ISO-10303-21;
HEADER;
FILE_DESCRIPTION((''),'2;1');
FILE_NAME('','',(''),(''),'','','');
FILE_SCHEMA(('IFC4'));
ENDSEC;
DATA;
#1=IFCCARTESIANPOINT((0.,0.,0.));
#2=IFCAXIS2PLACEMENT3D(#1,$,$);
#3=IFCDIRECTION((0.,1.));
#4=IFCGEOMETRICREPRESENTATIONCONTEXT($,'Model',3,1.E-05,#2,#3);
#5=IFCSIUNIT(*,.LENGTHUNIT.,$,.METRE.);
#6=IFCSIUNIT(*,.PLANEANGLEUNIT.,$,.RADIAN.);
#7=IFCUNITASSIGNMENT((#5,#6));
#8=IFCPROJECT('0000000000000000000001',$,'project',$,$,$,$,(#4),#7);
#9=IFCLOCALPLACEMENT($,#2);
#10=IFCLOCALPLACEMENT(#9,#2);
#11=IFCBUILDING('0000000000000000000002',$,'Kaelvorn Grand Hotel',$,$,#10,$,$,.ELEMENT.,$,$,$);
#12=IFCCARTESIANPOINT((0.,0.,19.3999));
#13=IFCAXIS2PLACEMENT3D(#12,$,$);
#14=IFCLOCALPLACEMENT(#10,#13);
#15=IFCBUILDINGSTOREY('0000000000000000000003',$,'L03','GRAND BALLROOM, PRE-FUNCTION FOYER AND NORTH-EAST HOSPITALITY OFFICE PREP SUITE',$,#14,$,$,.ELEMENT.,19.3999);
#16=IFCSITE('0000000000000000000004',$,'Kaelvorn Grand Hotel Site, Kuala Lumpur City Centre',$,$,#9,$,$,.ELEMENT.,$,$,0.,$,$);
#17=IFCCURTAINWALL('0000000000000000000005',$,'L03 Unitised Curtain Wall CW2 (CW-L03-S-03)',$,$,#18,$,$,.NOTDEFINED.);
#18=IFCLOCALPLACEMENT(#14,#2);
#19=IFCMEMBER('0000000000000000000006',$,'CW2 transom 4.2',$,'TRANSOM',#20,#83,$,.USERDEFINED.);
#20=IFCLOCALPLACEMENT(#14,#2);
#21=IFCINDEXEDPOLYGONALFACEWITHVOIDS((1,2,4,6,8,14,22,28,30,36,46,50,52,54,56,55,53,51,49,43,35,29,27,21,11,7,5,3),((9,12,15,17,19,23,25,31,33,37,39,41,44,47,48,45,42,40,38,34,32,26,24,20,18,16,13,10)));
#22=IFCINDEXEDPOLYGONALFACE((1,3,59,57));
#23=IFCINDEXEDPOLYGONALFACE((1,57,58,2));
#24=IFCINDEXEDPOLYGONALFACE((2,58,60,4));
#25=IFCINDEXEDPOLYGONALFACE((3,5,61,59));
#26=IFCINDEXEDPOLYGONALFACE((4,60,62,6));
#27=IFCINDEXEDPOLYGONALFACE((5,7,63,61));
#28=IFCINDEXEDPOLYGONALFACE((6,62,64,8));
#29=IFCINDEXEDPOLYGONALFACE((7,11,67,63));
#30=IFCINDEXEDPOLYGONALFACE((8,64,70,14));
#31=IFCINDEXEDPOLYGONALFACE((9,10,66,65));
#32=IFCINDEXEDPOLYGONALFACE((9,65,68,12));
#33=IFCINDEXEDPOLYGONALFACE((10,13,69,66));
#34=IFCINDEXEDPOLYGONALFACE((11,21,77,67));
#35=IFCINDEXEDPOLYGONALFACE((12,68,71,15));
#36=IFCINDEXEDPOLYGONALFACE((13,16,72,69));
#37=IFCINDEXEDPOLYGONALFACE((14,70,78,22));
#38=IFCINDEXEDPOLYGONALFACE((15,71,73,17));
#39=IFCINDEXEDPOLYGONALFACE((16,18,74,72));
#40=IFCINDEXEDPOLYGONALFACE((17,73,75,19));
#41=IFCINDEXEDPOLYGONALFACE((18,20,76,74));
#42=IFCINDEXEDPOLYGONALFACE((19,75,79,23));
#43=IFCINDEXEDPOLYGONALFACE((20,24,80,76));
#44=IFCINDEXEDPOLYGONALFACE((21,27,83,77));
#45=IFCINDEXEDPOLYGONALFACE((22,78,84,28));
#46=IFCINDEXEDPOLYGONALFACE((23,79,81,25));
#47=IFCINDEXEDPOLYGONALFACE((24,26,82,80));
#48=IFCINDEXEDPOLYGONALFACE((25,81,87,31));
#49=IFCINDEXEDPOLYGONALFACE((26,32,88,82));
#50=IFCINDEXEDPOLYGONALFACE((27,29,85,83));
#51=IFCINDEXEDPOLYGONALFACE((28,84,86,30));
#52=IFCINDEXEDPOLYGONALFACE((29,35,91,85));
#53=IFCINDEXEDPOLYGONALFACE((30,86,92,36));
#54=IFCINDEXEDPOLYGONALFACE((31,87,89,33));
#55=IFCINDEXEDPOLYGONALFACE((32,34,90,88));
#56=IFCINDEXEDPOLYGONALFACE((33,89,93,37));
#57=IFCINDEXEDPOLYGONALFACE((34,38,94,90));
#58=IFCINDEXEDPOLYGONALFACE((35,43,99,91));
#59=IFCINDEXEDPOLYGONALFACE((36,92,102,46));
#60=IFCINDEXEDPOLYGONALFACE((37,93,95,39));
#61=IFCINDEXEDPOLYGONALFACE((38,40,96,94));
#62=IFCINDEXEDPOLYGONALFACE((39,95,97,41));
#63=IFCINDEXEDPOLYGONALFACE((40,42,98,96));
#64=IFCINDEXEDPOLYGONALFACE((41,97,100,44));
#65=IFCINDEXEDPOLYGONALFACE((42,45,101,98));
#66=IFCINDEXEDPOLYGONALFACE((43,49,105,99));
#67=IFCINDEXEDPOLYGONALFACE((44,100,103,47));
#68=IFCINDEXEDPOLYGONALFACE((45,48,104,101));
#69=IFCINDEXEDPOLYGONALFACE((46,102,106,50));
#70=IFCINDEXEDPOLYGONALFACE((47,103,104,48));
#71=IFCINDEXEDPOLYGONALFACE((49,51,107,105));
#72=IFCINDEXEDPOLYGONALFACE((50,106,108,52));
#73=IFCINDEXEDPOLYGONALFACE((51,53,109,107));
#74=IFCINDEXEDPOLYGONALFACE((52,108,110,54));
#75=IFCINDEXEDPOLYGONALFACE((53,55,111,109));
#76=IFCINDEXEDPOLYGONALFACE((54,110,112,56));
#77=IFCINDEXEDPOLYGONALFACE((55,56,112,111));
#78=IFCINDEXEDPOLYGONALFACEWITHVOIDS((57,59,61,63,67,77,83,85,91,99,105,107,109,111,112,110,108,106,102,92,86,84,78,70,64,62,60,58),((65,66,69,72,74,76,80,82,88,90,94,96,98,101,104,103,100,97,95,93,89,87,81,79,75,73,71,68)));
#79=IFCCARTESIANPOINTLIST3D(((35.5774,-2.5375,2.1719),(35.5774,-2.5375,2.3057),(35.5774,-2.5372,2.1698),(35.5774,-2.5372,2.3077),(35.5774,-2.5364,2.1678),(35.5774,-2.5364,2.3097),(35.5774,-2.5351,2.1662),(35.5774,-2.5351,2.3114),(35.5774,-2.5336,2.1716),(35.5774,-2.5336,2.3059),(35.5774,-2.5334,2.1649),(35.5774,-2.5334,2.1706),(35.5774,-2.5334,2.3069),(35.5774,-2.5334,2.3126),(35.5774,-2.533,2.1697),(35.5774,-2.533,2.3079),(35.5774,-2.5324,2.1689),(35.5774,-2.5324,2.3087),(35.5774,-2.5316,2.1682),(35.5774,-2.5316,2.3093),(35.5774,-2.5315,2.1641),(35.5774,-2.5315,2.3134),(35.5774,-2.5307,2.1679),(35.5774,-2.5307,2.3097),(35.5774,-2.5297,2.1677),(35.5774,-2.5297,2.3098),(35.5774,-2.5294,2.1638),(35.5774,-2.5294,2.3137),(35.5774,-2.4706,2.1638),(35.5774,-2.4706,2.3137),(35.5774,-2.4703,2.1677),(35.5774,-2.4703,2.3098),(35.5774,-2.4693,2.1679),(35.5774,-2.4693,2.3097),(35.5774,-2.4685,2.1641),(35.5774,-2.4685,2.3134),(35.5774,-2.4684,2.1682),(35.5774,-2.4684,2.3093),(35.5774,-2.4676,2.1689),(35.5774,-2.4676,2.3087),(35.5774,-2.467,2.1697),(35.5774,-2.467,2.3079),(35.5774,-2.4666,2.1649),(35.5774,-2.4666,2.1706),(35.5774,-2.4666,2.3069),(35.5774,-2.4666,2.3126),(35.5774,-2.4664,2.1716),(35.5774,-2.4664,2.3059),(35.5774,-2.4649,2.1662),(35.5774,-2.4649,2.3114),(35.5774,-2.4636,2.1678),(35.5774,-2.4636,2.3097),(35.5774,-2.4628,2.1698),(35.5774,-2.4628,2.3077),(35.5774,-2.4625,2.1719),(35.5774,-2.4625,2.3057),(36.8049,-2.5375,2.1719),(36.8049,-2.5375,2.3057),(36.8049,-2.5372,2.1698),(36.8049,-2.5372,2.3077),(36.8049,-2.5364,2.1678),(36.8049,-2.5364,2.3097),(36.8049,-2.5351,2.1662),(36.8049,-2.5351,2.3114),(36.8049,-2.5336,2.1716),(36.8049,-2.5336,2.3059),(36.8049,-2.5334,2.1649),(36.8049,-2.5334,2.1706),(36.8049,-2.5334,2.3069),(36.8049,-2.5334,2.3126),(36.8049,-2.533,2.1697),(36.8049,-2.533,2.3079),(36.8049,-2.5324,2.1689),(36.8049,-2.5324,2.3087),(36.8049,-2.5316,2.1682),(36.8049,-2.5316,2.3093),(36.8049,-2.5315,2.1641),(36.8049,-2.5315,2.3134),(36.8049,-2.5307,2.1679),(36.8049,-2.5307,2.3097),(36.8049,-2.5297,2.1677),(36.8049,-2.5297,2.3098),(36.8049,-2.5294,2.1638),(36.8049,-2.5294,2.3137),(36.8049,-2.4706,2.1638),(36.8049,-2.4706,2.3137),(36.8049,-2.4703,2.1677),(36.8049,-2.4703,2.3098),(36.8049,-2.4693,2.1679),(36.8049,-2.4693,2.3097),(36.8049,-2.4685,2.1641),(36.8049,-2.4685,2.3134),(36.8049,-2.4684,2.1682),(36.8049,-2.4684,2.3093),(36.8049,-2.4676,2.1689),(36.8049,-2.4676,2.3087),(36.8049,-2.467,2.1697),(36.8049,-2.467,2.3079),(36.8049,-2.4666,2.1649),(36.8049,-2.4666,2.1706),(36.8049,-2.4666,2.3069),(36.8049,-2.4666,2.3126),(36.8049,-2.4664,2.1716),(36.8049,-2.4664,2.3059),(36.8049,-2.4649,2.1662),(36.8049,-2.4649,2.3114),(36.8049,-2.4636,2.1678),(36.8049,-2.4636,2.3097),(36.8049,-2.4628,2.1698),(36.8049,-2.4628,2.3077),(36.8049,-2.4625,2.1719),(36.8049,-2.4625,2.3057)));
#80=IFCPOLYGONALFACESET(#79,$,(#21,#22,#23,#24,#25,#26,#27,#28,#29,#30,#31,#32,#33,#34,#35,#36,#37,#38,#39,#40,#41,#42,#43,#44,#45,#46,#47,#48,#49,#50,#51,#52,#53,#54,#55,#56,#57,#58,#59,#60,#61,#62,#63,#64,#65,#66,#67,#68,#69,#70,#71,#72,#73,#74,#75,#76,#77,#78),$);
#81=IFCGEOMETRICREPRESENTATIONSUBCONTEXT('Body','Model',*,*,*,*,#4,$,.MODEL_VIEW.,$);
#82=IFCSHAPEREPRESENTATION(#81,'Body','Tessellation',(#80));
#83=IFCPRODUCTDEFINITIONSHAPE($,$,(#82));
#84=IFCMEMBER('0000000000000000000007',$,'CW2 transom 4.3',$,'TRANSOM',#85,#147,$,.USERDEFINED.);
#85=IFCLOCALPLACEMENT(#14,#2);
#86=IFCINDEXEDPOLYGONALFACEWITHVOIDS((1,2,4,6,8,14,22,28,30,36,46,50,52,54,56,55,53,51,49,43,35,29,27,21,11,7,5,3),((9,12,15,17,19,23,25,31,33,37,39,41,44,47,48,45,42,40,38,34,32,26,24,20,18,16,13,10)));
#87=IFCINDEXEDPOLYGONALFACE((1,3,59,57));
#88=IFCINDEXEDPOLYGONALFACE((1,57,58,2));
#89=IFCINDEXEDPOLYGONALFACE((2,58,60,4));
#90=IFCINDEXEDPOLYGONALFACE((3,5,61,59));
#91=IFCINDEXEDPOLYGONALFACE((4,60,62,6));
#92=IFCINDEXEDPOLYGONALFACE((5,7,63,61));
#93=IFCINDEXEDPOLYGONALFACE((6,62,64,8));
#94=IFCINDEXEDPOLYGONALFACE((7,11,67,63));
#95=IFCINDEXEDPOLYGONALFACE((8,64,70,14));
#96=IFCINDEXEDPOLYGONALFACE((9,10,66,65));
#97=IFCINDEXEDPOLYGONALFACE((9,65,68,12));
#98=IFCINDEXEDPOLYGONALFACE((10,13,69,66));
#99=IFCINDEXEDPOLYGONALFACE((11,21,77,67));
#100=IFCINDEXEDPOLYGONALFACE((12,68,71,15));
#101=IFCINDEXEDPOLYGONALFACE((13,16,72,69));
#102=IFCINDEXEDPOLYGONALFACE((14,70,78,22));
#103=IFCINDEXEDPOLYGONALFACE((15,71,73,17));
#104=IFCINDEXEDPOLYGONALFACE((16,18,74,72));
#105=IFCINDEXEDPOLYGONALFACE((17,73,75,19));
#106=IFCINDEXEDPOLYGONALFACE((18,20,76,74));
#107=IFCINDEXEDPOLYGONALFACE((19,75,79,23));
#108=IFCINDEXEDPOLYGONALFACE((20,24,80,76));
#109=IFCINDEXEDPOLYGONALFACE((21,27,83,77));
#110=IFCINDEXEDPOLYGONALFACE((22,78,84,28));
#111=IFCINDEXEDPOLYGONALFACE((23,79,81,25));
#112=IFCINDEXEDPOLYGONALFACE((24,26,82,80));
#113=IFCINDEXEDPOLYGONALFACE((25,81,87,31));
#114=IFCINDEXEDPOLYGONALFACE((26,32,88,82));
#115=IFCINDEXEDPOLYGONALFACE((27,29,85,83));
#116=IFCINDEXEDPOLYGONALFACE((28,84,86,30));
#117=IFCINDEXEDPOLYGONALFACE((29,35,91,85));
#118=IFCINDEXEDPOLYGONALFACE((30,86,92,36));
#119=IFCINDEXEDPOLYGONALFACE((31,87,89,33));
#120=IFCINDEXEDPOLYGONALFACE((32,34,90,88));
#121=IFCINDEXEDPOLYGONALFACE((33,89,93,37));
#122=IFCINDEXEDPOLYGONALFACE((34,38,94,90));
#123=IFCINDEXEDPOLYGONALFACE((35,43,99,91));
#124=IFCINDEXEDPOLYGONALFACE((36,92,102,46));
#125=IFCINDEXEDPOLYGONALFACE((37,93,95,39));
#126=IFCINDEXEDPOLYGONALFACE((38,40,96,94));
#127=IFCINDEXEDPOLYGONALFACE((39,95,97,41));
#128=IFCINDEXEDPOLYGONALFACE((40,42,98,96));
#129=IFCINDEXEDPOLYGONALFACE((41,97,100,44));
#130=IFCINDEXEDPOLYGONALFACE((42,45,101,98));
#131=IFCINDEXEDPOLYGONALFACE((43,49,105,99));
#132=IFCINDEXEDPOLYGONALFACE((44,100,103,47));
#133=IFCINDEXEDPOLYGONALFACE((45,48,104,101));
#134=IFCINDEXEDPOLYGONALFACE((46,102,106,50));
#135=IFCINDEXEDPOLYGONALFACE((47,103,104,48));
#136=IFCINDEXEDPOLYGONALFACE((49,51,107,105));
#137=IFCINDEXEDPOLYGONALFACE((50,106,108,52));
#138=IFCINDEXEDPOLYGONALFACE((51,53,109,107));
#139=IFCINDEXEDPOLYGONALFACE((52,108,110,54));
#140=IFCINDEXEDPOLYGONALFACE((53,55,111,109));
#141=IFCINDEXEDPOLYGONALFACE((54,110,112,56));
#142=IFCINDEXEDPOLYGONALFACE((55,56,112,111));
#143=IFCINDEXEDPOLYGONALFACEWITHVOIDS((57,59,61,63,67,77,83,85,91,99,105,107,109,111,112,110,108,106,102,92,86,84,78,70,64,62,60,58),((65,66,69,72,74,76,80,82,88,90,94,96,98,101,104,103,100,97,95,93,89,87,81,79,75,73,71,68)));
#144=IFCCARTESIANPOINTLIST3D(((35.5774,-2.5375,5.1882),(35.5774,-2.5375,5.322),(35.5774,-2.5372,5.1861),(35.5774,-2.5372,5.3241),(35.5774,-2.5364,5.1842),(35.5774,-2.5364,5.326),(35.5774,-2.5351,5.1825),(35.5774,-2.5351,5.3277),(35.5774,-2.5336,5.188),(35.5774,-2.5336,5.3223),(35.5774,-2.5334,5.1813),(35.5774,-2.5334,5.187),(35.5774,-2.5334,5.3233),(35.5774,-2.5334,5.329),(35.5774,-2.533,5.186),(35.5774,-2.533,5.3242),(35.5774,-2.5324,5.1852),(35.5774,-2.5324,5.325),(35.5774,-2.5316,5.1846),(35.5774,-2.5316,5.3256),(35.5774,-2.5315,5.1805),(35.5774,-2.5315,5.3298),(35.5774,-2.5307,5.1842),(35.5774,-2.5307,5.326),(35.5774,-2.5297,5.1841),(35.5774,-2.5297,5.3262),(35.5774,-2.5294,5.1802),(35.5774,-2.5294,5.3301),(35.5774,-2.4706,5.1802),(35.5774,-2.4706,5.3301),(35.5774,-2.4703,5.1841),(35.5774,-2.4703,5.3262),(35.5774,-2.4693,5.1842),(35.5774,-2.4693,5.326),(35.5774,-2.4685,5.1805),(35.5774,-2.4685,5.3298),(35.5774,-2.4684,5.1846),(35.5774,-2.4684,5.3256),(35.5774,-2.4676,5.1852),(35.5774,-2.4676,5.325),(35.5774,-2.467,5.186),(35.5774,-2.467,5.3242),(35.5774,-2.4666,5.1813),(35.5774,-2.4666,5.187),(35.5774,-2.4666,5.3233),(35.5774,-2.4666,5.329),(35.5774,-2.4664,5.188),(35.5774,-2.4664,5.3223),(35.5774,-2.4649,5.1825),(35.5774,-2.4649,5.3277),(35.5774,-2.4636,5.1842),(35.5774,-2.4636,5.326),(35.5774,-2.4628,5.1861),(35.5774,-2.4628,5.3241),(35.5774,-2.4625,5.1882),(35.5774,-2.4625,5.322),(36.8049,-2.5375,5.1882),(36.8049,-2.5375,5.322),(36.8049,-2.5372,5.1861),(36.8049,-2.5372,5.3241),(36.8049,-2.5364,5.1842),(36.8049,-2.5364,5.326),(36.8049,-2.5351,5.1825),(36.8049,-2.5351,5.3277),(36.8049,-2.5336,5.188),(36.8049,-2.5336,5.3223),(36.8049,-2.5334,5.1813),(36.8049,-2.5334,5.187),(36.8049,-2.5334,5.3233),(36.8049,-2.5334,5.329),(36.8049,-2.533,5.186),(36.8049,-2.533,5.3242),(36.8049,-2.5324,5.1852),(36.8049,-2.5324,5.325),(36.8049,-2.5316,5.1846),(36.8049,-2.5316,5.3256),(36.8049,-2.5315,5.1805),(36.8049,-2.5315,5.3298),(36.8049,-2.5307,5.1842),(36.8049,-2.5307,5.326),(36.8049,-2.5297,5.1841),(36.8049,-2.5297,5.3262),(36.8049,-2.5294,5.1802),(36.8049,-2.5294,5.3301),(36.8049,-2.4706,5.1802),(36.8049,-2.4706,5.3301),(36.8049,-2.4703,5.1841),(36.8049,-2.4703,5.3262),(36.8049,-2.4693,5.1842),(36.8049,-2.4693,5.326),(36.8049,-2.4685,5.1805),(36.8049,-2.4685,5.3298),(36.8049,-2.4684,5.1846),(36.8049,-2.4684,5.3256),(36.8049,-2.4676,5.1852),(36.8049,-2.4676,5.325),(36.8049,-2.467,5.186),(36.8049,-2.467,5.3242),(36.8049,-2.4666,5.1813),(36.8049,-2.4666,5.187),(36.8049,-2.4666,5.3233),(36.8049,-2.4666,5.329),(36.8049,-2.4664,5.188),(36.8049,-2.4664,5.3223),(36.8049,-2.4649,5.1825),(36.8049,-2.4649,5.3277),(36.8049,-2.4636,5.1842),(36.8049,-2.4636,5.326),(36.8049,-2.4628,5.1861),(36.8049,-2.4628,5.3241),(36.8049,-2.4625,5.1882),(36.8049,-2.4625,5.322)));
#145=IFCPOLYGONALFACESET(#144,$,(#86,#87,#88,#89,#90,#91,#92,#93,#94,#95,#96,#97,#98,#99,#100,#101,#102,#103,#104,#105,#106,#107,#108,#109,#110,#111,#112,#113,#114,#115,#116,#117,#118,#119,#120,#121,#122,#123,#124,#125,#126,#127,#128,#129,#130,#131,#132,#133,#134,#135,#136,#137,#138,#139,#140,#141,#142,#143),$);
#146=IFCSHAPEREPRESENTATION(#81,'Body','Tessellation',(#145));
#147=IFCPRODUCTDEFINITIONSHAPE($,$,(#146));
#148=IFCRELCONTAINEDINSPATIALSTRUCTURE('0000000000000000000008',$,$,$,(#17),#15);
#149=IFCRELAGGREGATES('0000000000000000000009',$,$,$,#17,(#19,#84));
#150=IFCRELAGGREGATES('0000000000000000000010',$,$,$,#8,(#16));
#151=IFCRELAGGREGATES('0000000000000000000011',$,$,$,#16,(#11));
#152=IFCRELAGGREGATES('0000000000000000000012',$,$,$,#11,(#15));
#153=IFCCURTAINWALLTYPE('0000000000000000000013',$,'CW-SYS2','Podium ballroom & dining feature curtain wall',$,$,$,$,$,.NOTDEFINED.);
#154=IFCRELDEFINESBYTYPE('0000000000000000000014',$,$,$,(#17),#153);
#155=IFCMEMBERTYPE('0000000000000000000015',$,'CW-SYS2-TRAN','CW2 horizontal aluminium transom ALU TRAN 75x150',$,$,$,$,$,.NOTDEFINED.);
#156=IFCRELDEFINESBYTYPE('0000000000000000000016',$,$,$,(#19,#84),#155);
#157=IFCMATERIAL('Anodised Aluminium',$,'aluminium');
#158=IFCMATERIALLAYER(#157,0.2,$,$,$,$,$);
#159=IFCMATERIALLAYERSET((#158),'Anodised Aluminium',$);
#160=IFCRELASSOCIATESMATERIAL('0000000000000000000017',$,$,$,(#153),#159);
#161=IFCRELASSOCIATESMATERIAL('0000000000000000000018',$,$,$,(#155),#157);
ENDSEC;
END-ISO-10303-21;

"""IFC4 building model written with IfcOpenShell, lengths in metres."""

from ifc_helpers import new_model, si_unit, direction, frame, origin, origin_2d, place, context, subcontext, project, spatial, hollow_rectangle, extrude, material, layer, layer_set, material_profile, profile_set, type_object, element, aggregate, save


model = new_model("IFC4")

# Units and contexts
model_context = context("Model", 3, precision=1e-05, world=origin(), true_north=direction((0.0, 1.0)))
body_context = subcontext(model_context, "Body", "Model", "MODEL_VIEW")
ifc_project = project(units=[si_unit("LENGTHUNIT", "METRE"), si_unit("PLANEANGLEUNIT", "RADIAN")], contexts=[model_context])

# Site, building, storey
site_placement = place(None, origin())
site = spatial("IfcSite", under=ifc_project, at=site_placement, Name="Kaelvorn Grand Hotel Site, Kuala Lumpur City Centre", CompositionType="ELEMENT", RefElevation=0.0)
building_placement = place(site_placement, origin())
building = spatial("IfcBuilding", under=site, at=building_placement, Name="Kaelvorn Grand Hotel", CompositionType="ELEMENT")
storey_placement = place(building_placement, frame((0.0, 0.0, 19.3999)))
storey = spatial("IfcBuildingStorey", under=building, at=storey_placement, Name="L03", Description="GRAND BALLROOM, PRE-FUNCTION FOYER AND NORTH-EAST HOSPITALITY OFFICE PREP SUITE", CompositionType="ELEMENT", Elevation=19.3999)

# Curtain wall
ifc_material_1 = material(Name="Anodised Aluminium", Category="aluminium")
ifc_layer_1 = layer(ifc_material_1, 0.2)
ifc_layer_set_1 = layer_set([ifc_layer_1], Name="Anodised Aluminium")
curtain_wall_type = type_object("IfcCurtainWallType", Name="CW-SYS2", Description="Podium ballroom & dining feature curtain wall", PredefinedType="NOTDEFINED", material=ifc_layer_set_1)
curtain_wall_1_placement = place(storey_placement, origin())
curtain_wall_1 = element("IfcCurtainWall", 1, at=curtain_wall_1_placement, inside=storey, type_object=curtain_wall_type, Name="L03 Unitised Curtain Wall CW2 (CW-L03-S-03)", PredefinedType="NOTDEFINED")

# Members
ifc_material_profile_1 = material_profile(ifc_material_1, hollow_rectangle(XDim=0.075, YDim=0.1499, WallThickness=0.0039, InnerFilletRadius=0.0039, OuterFilletRadius=0.0081, at=origin_2d()), Name="ALU TRAN 75x150")
ifc_profile_set_1 = profile_set([ifc_material_profile_1], Name="Anodised Aluminium")
member_type_1 = type_object("IfcMemberType", Name="CW-SYS2-TRAN", Description="CW2 horizontal aluminium transom ALU TRAN 75x150", PredefinedType="NOTDEFINED", material=ifc_profile_set_1)
member_1_placement = place(storey_placement, frame((35.5774, -2.5, 2.2388), z_axis=(1.0, 0.0, 0.0), x_axis=(0.0, 1.0, 0.0)))
member_1 = element("IfcMember", 2, at=member_1_placement, type_object=member_type_1, Name="CW2 transom 4.2", ObjectType="TRANSOM", PredefinedType="USERDEFINED", context=body_context, shape_type="SweptSolid", body=[
    extrude(hollow_rectangle(XDim=0.075, YDim=0.1499, WallThickness=0.0039, InnerFilletRadius=0.0039, OuterFilletRadius=0.0081, at=origin_2d()), origin(), (0.0, 0.0, 1.0), 1.2275),
])
member_2_placement = place(storey_placement, frame((35.5774, -2.5, 5.2551), z_axis=(1.0, 0.0, 0.0), x_axis=(0.0, 1.0, 0.0)))
member_2 = element("IfcMember", 3, at=member_2_placement, type_object=member_type_1, Name="CW2 transom 4.3", ObjectType="TRANSOM", PredefinedType="USERDEFINED", context=body_context, shape_type="SweptSolid", body=[
    extrude(hollow_rectangle(XDim=0.075, YDim=0.1499, WallThickness=0.0039, InnerFilletRadius=0.0039, OuterFilletRadius=0.0081, at=origin_2d()), origin(), (0.0, 0.0, 1.0), 1.2275),
])

aggregate(curtain_wall_1, [member_1, member_2])

save(model, "model.ifc")
